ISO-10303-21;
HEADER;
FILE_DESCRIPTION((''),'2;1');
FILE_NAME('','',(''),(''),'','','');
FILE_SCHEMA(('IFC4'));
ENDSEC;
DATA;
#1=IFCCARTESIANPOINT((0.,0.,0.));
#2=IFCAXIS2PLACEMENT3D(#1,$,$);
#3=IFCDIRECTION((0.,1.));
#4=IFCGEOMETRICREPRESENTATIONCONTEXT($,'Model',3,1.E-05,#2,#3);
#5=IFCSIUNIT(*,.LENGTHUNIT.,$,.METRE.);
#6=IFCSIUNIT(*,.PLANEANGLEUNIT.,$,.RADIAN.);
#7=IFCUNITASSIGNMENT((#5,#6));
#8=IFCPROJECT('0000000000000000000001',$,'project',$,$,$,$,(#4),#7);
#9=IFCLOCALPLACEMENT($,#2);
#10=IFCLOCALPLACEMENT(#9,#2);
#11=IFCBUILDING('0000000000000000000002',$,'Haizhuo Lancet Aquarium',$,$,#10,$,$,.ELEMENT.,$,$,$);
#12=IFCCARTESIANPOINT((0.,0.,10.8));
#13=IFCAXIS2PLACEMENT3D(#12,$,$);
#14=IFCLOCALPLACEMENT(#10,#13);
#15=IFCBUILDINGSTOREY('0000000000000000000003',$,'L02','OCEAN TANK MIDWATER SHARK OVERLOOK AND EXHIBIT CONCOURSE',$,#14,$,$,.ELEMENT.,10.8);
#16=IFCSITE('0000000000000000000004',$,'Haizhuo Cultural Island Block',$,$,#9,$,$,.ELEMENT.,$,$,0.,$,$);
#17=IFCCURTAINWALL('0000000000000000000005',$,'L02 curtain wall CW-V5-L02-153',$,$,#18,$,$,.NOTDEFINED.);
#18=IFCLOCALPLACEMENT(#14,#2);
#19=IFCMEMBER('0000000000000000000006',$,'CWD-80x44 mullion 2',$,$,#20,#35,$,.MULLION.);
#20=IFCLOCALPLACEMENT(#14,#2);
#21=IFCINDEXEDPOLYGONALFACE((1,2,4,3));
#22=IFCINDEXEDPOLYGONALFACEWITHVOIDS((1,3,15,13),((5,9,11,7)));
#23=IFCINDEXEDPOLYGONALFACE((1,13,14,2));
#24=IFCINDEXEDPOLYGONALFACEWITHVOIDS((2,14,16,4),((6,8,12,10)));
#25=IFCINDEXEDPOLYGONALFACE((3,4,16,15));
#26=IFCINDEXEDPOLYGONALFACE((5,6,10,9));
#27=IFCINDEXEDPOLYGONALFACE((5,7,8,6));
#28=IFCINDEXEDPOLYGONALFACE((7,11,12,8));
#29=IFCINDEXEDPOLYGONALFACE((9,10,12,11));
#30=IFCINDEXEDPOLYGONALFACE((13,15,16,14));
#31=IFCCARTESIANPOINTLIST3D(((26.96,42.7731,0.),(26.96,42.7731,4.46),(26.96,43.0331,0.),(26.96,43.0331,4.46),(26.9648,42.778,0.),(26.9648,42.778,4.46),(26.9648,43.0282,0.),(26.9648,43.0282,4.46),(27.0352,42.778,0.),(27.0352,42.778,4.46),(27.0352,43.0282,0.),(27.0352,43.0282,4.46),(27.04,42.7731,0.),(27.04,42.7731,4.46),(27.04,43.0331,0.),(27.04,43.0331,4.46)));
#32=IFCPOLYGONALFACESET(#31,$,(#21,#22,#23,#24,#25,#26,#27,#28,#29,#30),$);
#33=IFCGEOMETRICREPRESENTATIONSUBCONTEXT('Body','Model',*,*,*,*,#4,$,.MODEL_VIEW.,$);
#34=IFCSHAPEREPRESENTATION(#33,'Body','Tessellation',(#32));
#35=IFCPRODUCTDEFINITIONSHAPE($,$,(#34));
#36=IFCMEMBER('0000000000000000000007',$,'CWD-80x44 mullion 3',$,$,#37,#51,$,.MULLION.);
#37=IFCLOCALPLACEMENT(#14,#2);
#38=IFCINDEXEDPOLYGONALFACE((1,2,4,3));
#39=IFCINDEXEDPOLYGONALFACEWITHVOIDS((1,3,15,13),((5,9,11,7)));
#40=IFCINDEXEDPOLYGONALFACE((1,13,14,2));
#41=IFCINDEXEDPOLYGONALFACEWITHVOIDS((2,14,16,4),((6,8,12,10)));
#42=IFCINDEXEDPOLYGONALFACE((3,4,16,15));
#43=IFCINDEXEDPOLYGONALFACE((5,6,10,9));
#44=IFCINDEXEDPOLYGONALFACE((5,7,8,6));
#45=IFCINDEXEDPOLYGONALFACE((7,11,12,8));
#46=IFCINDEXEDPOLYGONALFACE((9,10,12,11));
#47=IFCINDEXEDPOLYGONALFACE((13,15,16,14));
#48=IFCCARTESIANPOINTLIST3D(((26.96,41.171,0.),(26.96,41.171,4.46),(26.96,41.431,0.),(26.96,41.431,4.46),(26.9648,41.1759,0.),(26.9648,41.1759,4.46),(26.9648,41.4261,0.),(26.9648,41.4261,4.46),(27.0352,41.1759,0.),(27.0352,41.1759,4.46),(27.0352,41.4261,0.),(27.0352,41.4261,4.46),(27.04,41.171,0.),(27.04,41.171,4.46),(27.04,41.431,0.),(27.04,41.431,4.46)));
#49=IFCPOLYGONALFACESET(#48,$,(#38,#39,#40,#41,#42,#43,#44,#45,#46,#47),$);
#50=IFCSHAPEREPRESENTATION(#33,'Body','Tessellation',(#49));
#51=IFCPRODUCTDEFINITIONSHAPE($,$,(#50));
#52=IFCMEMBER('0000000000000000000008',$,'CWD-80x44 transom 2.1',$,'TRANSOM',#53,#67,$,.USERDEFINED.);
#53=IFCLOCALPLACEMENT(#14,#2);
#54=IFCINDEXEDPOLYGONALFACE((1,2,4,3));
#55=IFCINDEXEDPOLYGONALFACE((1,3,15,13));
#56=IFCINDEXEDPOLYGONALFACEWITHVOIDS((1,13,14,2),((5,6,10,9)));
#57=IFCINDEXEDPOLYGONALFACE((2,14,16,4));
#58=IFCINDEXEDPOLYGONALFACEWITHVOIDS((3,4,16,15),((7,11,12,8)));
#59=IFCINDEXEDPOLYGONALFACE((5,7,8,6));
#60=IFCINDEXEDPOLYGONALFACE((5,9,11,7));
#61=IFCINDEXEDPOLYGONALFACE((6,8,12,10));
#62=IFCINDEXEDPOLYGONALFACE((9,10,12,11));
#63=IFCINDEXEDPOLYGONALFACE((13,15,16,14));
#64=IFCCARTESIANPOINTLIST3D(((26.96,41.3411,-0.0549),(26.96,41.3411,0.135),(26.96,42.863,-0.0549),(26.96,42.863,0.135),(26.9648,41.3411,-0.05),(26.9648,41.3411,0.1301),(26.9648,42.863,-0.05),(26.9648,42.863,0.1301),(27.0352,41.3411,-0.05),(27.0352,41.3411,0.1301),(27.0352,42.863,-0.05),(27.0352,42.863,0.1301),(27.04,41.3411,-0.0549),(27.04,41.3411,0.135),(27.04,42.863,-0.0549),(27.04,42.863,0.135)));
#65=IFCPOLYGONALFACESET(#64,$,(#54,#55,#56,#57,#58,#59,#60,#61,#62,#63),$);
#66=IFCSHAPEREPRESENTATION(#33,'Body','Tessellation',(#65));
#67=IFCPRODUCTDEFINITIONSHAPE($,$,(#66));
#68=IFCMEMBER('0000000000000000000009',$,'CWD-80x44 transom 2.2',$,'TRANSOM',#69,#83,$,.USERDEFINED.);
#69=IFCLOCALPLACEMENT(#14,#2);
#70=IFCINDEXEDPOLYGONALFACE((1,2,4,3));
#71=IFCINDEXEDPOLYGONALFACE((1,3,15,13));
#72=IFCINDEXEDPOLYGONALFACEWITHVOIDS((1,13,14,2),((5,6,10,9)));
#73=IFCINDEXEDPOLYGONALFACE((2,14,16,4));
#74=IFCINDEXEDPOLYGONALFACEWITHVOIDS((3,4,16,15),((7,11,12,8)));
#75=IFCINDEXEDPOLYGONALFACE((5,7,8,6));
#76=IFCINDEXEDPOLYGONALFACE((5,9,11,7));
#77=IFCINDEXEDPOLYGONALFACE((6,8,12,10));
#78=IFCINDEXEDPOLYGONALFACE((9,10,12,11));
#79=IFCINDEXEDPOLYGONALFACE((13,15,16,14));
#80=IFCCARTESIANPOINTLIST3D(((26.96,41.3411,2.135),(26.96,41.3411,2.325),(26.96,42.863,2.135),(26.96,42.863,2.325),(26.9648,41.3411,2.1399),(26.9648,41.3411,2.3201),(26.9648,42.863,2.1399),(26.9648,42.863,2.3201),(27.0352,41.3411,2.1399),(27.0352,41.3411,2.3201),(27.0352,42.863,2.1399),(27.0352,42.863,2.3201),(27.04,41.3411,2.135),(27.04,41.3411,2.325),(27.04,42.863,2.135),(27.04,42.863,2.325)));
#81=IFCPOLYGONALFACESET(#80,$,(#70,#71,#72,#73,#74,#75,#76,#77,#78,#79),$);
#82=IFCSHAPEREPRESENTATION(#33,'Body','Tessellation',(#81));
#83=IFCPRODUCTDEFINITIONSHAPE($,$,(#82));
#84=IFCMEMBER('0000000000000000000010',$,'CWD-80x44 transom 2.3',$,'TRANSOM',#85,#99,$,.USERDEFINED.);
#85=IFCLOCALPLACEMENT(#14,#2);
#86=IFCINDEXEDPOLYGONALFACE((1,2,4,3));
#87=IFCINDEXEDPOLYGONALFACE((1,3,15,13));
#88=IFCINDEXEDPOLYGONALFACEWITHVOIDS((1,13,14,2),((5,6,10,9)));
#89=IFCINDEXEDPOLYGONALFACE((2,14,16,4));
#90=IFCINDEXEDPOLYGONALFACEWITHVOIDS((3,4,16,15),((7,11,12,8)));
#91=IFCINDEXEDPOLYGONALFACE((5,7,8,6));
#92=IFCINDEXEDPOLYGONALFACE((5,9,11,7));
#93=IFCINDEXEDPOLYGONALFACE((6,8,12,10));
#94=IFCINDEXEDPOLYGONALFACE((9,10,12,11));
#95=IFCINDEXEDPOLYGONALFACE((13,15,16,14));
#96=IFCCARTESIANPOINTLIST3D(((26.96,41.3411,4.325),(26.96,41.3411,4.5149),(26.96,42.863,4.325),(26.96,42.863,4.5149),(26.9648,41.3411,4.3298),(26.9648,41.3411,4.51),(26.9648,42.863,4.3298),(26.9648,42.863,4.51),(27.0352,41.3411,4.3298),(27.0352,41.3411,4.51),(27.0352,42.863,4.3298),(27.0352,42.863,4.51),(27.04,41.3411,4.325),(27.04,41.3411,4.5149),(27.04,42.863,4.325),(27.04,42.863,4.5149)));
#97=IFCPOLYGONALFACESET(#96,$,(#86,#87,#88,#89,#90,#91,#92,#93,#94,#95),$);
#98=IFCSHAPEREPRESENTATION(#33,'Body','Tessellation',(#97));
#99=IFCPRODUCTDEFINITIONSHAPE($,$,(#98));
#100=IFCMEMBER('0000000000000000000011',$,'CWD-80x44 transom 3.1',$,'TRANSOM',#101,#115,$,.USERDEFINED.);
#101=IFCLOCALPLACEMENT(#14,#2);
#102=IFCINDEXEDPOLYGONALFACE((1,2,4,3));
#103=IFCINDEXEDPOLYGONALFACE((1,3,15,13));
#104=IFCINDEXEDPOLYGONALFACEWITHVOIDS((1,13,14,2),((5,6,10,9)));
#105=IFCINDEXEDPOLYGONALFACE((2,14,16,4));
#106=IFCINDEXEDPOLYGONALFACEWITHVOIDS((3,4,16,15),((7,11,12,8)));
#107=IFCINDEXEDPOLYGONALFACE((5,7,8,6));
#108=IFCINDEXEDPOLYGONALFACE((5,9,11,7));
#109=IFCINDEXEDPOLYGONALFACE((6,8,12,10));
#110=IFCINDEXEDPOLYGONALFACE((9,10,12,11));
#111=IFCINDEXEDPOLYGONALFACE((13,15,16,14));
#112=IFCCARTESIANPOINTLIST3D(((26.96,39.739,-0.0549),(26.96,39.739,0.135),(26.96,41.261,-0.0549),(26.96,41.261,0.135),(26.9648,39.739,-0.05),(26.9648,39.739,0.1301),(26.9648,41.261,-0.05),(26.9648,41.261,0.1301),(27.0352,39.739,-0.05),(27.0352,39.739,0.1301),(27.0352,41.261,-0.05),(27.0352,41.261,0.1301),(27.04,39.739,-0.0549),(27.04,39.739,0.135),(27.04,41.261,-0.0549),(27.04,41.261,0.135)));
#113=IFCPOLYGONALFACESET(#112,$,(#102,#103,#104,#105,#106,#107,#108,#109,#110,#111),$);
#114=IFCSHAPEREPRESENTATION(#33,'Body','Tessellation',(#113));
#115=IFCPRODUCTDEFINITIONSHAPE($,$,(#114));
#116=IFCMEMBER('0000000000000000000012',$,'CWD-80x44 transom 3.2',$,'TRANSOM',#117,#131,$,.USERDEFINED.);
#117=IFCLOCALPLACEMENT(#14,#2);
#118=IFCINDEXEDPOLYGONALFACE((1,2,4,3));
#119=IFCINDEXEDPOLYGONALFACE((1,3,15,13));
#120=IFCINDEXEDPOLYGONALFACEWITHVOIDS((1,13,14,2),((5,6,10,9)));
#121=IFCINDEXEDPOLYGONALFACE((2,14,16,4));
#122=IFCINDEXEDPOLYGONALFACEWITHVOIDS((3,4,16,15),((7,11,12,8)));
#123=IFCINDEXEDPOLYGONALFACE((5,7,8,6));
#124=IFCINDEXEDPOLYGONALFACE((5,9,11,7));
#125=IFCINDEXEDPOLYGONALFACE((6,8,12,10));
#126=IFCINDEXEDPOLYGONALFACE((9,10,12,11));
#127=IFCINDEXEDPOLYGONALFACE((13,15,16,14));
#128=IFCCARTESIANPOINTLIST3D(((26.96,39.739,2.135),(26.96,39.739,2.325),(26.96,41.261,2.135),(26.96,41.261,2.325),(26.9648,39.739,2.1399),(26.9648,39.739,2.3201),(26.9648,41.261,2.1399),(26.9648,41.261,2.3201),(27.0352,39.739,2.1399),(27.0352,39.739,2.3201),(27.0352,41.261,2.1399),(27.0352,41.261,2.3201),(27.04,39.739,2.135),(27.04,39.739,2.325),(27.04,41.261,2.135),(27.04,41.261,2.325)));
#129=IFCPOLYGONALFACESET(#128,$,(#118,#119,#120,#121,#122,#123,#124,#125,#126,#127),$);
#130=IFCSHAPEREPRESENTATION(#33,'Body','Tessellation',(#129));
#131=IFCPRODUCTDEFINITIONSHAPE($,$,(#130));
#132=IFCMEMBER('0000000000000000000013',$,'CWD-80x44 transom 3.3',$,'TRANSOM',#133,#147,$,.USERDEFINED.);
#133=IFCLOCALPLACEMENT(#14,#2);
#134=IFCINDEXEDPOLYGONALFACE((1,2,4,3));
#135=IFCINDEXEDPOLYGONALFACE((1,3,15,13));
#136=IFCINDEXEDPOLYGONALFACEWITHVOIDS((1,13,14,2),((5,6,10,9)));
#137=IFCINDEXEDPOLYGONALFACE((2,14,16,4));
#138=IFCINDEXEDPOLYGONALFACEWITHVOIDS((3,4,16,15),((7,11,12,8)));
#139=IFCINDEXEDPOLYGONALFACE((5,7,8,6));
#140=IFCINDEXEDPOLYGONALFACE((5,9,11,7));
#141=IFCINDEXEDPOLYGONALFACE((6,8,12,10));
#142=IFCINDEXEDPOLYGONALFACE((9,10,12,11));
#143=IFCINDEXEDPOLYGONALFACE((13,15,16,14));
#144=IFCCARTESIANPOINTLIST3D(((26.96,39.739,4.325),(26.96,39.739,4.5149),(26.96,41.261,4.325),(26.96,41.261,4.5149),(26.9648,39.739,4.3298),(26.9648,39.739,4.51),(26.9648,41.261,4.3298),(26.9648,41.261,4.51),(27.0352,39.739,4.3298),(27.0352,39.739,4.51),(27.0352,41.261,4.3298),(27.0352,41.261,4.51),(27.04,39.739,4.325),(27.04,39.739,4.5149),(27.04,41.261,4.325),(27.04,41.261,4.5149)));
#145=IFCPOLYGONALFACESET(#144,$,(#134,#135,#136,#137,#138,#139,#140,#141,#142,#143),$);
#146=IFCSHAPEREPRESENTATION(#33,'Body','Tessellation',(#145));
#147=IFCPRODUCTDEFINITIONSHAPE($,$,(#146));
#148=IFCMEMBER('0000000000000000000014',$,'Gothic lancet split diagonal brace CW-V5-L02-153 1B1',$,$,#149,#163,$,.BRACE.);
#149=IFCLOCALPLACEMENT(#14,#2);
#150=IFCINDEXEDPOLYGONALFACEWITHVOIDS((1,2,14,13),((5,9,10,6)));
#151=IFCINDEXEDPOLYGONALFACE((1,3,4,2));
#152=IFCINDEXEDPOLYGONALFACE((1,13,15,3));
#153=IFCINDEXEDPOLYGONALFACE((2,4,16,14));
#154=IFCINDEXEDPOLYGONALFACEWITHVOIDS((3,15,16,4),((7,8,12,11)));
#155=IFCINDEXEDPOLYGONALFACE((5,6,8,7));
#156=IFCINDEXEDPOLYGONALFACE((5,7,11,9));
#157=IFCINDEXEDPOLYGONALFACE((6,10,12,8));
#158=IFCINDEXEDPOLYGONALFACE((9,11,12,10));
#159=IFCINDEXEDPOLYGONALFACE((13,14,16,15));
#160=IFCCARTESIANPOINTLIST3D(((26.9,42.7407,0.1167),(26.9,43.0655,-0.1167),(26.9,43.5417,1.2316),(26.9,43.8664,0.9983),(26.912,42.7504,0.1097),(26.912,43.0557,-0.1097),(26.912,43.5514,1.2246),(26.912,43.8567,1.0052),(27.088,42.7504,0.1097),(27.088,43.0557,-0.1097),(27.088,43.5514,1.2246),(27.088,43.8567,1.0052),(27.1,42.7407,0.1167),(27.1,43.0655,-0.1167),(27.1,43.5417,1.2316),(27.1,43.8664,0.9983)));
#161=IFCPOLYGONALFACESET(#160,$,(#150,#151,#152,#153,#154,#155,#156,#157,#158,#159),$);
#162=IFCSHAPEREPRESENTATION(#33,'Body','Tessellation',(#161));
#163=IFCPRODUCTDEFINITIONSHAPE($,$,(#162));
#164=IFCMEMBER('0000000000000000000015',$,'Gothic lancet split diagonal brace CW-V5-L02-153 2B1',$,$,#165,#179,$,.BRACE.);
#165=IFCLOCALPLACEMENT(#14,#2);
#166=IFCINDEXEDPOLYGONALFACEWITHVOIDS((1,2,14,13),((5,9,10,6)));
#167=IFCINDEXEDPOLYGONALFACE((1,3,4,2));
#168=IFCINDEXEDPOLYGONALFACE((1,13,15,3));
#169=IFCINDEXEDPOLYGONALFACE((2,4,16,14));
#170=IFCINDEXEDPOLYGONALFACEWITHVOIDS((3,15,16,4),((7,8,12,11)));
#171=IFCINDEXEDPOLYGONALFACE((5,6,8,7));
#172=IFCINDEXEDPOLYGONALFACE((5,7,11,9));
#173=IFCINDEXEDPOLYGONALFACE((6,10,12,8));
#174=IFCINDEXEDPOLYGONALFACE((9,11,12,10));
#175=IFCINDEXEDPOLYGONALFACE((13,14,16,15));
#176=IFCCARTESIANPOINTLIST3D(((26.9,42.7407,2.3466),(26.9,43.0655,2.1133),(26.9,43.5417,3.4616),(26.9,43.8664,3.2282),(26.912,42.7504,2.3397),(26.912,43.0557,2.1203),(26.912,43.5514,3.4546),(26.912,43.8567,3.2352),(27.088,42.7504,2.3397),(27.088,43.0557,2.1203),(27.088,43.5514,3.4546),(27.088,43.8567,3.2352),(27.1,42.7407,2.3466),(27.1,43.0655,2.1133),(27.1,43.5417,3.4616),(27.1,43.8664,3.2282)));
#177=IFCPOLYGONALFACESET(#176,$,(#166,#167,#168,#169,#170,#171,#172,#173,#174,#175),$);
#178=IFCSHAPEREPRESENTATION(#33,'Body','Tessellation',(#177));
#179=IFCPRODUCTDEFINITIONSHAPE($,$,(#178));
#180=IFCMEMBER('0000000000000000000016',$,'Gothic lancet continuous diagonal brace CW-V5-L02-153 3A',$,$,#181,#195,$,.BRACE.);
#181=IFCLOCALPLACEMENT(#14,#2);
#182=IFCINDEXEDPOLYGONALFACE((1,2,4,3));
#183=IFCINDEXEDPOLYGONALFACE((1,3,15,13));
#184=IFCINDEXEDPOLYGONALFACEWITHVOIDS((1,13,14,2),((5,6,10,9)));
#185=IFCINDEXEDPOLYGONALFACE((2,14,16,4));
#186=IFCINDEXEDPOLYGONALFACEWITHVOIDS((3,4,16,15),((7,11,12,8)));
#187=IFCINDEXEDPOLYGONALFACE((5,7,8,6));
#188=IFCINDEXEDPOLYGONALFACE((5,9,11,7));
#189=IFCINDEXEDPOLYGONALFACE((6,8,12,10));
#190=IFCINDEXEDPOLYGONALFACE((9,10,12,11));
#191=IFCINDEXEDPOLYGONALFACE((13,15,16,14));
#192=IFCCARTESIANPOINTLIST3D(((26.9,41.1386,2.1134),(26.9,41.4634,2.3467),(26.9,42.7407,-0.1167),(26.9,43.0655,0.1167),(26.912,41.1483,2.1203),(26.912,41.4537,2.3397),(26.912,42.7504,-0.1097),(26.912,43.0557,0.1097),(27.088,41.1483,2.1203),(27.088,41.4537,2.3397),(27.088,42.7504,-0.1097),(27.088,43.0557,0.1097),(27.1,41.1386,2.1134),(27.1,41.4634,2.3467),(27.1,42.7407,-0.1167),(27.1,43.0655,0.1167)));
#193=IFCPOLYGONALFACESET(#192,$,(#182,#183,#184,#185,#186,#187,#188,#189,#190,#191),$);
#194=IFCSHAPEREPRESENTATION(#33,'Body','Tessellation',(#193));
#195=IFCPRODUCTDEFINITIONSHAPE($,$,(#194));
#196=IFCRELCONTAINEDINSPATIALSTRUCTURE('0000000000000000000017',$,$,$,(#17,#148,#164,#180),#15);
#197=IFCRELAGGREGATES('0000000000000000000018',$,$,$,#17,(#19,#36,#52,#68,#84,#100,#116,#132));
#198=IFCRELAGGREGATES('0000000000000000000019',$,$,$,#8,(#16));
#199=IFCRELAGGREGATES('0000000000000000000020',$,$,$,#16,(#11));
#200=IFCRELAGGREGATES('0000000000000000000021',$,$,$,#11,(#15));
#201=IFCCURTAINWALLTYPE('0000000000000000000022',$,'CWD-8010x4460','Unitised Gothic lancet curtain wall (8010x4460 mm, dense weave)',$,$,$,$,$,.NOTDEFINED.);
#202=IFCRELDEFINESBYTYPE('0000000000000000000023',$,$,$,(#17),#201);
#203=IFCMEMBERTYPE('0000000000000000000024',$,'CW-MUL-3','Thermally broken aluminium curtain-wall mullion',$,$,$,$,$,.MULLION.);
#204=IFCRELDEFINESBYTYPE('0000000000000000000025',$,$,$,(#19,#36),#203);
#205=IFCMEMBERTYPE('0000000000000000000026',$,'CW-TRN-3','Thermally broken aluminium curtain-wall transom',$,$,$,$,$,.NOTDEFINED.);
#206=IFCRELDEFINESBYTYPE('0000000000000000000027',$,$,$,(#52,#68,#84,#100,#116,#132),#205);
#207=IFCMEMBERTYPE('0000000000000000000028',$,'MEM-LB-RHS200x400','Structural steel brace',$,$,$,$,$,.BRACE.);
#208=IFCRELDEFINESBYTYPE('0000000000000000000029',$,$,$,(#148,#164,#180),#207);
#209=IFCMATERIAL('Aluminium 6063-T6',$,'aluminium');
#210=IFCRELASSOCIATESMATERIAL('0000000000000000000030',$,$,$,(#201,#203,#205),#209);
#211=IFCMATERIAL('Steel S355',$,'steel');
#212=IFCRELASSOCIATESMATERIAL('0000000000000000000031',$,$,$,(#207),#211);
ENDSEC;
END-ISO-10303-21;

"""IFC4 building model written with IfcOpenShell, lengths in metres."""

from ifc_helpers import new_model, si_unit, direction, frame, origin, origin_2d, place, context, subcontext, project, spatial, hollow_rectangle, extrude, material, material_profile, profile_set, type_object, element, aggregate, save


model = new_model("IFC4")

# Units and contexts
model_context = context("Model", 3, precision=1e-05, world=origin(), true_north=direction((0.0, 1.0)))
body_context = subcontext(model_context, "Body", "Model", "MODEL_VIEW")
ifc_project = project(units=[si_unit("LENGTHUNIT", "METRE"), si_unit("PLANEANGLEUNIT", "RADIAN")], contexts=[model_context])

# Site, building, storey
site_placement = place(None, origin())
site = spatial("IfcSite", under=ifc_project, at=site_placement, Name="Haizhuo Cultural Island Block", CompositionType="ELEMENT", RefElevation=0.0)
building_placement = place(site_placement, origin())
building = spatial("IfcBuilding", under=site, at=building_placement, Name="Haizhuo Lancet Aquarium", CompositionType="ELEMENT")
storey_placement = place(building_placement, frame((0.0, 0.0, 10.8)))
storey = spatial("IfcBuildingStorey", under=building, at=storey_placement, Name="L02", Description="OCEAN TANK MIDWATER SHARK OVERLOOK AND EXHIBIT CONCOURSE", CompositionType="ELEMENT", Elevation=10.8)

# Curtain wall, members
ifc_material_1 = material(Name="Aluminium 6063-T6", Category="aluminium")
curtain_wall_type = type_object("IfcCurtainWallType", Name="CWD-8010x4460", Description="Unitised Gothic lancet curtain wall (8010x4460 mm, dense weave)", PredefinedType="NOTDEFINED", material=ifc_material_1)
curtain_wall_placement = place(storey_placement, origin())
curtain_wall = element("IfcCurtainWall", 1, at=curtain_wall_placement, inside=storey, type_object=curtain_wall_type, Name="L02 curtain wall CW-V5-L02-153", PredefinedType="NOTDEFINED")
ifc_material_profile_1 = material_profile(ifc_material_1, hollow_rectangle(XDim=0.0801, YDim=0.26, WallThickness=0.0049, at=origin_2d()), Name="ALU-M 80x260x5")
ifc_profile_set_1 = profile_set([ifc_material_profile_1], Name="Aluminium 6063-T6")
member_type_1 = type_object("IfcMemberType", Name="CW-MUL-3", Description="Thermally broken aluminium curtain-wall mullion", PredefinedType="MULLION", material=ifc_profile_set_1)
member_1_placement = place(storey_placement, frame((27.0, 42.9031, 0.0), z_axis=(0.0, 0.0, 1.0), x_axis=(1.0, 0.0, 0.0)))
member_1 = element("IfcMember", 2, at=member_1_placement, type_object=member_type_1, Name="CWD-80x44 mullion 2", PredefinedType="MULLION", context=body_context, shape_type="SweptSolid", body=[
    extrude(hollow_rectangle(XDim=0.0801, YDim=0.26, WallThickness=0.0049, at=origin_2d()), origin(), (0.0, 0.0, 1.0), 4.46),
])
member_2_placement = place(storey_placement, frame((27.0, 41.301, 0.0), z_axis=(0.0, 0.0, 1.0), x_axis=(1.0, 0.0, 0.0)))
member_2 = element("IfcMember", 3, at=member_2_placement, type_object=member_type_1, Name="CWD-80x44 mullion 3", PredefinedType="MULLION", context=body_context, shape_type="SweptSolid", body=[
    extrude(hollow_rectangle(XDim=0.0801, YDim=0.26, WallThickness=0.0049, at=origin_2d()), origin(), (0.0, 0.0, 1.0), 4.46),
])
ifc_material_profile_2 = material_profile(ifc_material_1, hollow_rectangle(XDim=0.0801, YDim=0.1899, WallThickness=0.0049, at=origin_2d()), Name="ALU-T 80x190x5")
ifc_profile_set_2 = profile_set([ifc_material_profile_2], Name="Aluminium 6063-T6")
member_type_2 = type_object("IfcMemberType", Name="CW-TRN-3", Description="Thermally broken aluminium curtain-wall transom", PredefinedType="NOTDEFINED", material=ifc_profile_set_2)
member_3_placement = place(storey_placement, frame((27.0, 42.863, 0.04), z_axis=(0.0, -1.0, 0.0), x_axis=(1.0, 0.0, 0.0)))
member_3 = element("IfcMember", 4, at=member_3_placement, type_object=member_type_2, Name="CWD-80x44 transom 2.1", ObjectType="TRANSOM", PredefinedType="USERDEFINED", context=body_context, shape_type="SweptSolid", body=[
    extrude(hollow_rectangle(XDim=0.0801, YDim=0.1899, WallThickness=0.0049, at=origin_2d()), origin(), (0.0, 0.0, 1.0), 1.522),
])
member_4_placement = place(storey_placement, frame((27.0, 42.863, 2.23), z_axis=(0.0, -1.0, 0.0), x_axis=(1.0, 0.0, 0.0)))
member_4 = element("IfcMember", 5, at=member_4_placement, type_object=member_type_2, Name="CWD-80x44 transom 2.2", ObjectType="TRANSOM", PredefinedType="USERDEFINED", context=body_context, shape_type="SweptSolid", body=[
    extrude(hollow_rectangle(XDim=0.0801, YDim=0.1899, WallThickness=0.0049, at=origin_2d()), origin(), (0.0, 0.0, 1.0), 1.522),
])
member_5_placement = place(storey_placement, frame((27.0, 42.863, 4.4199), z_axis=(0.0, -1.0, 0.0), x_axis=(1.0, 0.0, 0.0)))
member_5 = element("IfcMember", 6, at=member_5_placement, type_object=member_type_2, Name="CWD-80x44 transom 2.3", ObjectType="TRANSOM", PredefinedType="USERDEFINED", context=body_context, shape_type="SweptSolid", body=[
    extrude(hollow_rectangle(XDim=0.0801, YDim=0.1899, WallThickness=0.0049, at=origin_2d()), origin(), (0.0, 0.0, 1.0), 1.522),
])
member_6_placement = place(storey_placement, frame((27.0, 41.261, 0.04), z_axis=(0.0, -1.0, 0.0), x_axis=(1.0, 0.0, 0.0)))
member_6 = element("IfcMember", 7, at=member_6_placement, type_object=member_type_2, Name="CWD-80x44 transom 3.1", ObjectType="TRANSOM", PredefinedType="USERDEFINED", context=body_context, shape_type="SweptSolid", body=[
    extrude(hollow_rectangle(XDim=0.0801, YDim=0.1899, WallThickness=0.0049, at=origin_2d()), origin(), (0.0, 0.0, 1.0), 1.522),
])
member_7_placement = place(storey_placement, frame((27.0, 41.261, 2.23), z_axis=(0.0, -1.0, 0.0), x_axis=(1.0, 0.0, 0.0)))
member_7 = element("IfcMember", 8, at=member_7_placement, type_object=member_type_2, Name="CWD-80x44 transom 3.2", ObjectType="TRANSOM", PredefinedType="USERDEFINED", context=body_context, shape_type="SweptSolid", body=[
    extrude(hollow_rectangle(XDim=0.0801, YDim=0.1899, WallThickness=0.0049, at=origin_2d()), origin(), (0.0, 0.0, 1.0), 1.522),
])
member_8_placement = place(storey_placement, frame((27.0, 41.261, 4.4199), z_axis=(0.0, -1.0, 0.0), x_axis=(1.0, 0.0, 0.0)))
member_8 = element("IfcMember", 9, at=member_8_placement, type_object=member_type_2, Name="CWD-80x44 transom 3.3", ObjectType="TRANSOM", PredefinedType="USERDEFINED", context=body_context, shape_type="SweptSolid", body=[
    extrude(hollow_rectangle(XDim=0.0801, YDim=0.1899, WallThickness=0.0049, at=origin_2d()), origin(), (0.0, 0.0, 1.0), 1.522),
])

# Members
ifc_material_2 = material(Name="Steel S355", Category="steel")
ifc_material_profile_3 = material_profile(ifc_material_2, hollow_rectangle(XDim=0.2, YDim=0.3999, WallThickness=0.012, at=origin_2d()), Name="RHS 200x400x12")
ifc_profile_set_3 = profile_set([ifc_material_profile_3], Name="Steel S355")
member_type_3 = type_object("IfcMemberType", Name="MEM-LB-RHS200x400", Description="Structural steel brace", PredefinedType="BRACE", material=ifc_profile_set_3)
for number, where, z_axis, x_axis, name in (
    (10, (27.0, 42.9031, 0.0), (0.0, 0.583456, 0.812144), (-1.0, 0.0, 0.0), "Gothic lancet split diagonal brace CW-V5-L02-153 1B1"),
    (11, (27.0, 42.9031, 2.23), (0.0, 0.583456, 0.812144), (-1.0, 0.0, 0.0), "Gothic lancet split diagonal brace CW-V5-L02-153 2B1"),
):
    element("IfcMember", number, at=place(storey_placement, frame(where, z_axis=z_axis, x_axis=x_axis)), inside=storey, type_object=member_type_3, Name=name, PredefinedType="BRACE", context=body_context, shape_type="SweptSolid", body=[
        extrude(hollow_rectangle(XDim=0.2, YDim=0.3999, WallThickness=0.012, at=origin_2d()), origin(), (0.0, 0.0, 1.0), 1.3728),
    ])
member_9_placement = place(storey_placement, frame((27.0, 42.9031, 0.0), z_axis=(0.0, -0.583456, 0.812144), x_axis=(1.0, 0.0, 0.0)))
element("IfcMember", 12, at=member_9_placement, inside=storey, type_object=member_type_3, Name="Gothic lancet continuous diagonal brace CW-V5-L02-153 3A", PredefinedType="BRACE", context=body_context, shape_type="SweptSolid", body=[
    extrude(hollow_rectangle(XDim=0.2, YDim=0.3999, WallThickness=0.012, at=origin_2d()), origin(), (0.0, 0.0, 1.0), 2.7458),
])

aggregate(curtain_wall, [member_1, member_2, member_3, member_4, member_5, member_6, member_7, member_8])

save(model, "model.ifc")
